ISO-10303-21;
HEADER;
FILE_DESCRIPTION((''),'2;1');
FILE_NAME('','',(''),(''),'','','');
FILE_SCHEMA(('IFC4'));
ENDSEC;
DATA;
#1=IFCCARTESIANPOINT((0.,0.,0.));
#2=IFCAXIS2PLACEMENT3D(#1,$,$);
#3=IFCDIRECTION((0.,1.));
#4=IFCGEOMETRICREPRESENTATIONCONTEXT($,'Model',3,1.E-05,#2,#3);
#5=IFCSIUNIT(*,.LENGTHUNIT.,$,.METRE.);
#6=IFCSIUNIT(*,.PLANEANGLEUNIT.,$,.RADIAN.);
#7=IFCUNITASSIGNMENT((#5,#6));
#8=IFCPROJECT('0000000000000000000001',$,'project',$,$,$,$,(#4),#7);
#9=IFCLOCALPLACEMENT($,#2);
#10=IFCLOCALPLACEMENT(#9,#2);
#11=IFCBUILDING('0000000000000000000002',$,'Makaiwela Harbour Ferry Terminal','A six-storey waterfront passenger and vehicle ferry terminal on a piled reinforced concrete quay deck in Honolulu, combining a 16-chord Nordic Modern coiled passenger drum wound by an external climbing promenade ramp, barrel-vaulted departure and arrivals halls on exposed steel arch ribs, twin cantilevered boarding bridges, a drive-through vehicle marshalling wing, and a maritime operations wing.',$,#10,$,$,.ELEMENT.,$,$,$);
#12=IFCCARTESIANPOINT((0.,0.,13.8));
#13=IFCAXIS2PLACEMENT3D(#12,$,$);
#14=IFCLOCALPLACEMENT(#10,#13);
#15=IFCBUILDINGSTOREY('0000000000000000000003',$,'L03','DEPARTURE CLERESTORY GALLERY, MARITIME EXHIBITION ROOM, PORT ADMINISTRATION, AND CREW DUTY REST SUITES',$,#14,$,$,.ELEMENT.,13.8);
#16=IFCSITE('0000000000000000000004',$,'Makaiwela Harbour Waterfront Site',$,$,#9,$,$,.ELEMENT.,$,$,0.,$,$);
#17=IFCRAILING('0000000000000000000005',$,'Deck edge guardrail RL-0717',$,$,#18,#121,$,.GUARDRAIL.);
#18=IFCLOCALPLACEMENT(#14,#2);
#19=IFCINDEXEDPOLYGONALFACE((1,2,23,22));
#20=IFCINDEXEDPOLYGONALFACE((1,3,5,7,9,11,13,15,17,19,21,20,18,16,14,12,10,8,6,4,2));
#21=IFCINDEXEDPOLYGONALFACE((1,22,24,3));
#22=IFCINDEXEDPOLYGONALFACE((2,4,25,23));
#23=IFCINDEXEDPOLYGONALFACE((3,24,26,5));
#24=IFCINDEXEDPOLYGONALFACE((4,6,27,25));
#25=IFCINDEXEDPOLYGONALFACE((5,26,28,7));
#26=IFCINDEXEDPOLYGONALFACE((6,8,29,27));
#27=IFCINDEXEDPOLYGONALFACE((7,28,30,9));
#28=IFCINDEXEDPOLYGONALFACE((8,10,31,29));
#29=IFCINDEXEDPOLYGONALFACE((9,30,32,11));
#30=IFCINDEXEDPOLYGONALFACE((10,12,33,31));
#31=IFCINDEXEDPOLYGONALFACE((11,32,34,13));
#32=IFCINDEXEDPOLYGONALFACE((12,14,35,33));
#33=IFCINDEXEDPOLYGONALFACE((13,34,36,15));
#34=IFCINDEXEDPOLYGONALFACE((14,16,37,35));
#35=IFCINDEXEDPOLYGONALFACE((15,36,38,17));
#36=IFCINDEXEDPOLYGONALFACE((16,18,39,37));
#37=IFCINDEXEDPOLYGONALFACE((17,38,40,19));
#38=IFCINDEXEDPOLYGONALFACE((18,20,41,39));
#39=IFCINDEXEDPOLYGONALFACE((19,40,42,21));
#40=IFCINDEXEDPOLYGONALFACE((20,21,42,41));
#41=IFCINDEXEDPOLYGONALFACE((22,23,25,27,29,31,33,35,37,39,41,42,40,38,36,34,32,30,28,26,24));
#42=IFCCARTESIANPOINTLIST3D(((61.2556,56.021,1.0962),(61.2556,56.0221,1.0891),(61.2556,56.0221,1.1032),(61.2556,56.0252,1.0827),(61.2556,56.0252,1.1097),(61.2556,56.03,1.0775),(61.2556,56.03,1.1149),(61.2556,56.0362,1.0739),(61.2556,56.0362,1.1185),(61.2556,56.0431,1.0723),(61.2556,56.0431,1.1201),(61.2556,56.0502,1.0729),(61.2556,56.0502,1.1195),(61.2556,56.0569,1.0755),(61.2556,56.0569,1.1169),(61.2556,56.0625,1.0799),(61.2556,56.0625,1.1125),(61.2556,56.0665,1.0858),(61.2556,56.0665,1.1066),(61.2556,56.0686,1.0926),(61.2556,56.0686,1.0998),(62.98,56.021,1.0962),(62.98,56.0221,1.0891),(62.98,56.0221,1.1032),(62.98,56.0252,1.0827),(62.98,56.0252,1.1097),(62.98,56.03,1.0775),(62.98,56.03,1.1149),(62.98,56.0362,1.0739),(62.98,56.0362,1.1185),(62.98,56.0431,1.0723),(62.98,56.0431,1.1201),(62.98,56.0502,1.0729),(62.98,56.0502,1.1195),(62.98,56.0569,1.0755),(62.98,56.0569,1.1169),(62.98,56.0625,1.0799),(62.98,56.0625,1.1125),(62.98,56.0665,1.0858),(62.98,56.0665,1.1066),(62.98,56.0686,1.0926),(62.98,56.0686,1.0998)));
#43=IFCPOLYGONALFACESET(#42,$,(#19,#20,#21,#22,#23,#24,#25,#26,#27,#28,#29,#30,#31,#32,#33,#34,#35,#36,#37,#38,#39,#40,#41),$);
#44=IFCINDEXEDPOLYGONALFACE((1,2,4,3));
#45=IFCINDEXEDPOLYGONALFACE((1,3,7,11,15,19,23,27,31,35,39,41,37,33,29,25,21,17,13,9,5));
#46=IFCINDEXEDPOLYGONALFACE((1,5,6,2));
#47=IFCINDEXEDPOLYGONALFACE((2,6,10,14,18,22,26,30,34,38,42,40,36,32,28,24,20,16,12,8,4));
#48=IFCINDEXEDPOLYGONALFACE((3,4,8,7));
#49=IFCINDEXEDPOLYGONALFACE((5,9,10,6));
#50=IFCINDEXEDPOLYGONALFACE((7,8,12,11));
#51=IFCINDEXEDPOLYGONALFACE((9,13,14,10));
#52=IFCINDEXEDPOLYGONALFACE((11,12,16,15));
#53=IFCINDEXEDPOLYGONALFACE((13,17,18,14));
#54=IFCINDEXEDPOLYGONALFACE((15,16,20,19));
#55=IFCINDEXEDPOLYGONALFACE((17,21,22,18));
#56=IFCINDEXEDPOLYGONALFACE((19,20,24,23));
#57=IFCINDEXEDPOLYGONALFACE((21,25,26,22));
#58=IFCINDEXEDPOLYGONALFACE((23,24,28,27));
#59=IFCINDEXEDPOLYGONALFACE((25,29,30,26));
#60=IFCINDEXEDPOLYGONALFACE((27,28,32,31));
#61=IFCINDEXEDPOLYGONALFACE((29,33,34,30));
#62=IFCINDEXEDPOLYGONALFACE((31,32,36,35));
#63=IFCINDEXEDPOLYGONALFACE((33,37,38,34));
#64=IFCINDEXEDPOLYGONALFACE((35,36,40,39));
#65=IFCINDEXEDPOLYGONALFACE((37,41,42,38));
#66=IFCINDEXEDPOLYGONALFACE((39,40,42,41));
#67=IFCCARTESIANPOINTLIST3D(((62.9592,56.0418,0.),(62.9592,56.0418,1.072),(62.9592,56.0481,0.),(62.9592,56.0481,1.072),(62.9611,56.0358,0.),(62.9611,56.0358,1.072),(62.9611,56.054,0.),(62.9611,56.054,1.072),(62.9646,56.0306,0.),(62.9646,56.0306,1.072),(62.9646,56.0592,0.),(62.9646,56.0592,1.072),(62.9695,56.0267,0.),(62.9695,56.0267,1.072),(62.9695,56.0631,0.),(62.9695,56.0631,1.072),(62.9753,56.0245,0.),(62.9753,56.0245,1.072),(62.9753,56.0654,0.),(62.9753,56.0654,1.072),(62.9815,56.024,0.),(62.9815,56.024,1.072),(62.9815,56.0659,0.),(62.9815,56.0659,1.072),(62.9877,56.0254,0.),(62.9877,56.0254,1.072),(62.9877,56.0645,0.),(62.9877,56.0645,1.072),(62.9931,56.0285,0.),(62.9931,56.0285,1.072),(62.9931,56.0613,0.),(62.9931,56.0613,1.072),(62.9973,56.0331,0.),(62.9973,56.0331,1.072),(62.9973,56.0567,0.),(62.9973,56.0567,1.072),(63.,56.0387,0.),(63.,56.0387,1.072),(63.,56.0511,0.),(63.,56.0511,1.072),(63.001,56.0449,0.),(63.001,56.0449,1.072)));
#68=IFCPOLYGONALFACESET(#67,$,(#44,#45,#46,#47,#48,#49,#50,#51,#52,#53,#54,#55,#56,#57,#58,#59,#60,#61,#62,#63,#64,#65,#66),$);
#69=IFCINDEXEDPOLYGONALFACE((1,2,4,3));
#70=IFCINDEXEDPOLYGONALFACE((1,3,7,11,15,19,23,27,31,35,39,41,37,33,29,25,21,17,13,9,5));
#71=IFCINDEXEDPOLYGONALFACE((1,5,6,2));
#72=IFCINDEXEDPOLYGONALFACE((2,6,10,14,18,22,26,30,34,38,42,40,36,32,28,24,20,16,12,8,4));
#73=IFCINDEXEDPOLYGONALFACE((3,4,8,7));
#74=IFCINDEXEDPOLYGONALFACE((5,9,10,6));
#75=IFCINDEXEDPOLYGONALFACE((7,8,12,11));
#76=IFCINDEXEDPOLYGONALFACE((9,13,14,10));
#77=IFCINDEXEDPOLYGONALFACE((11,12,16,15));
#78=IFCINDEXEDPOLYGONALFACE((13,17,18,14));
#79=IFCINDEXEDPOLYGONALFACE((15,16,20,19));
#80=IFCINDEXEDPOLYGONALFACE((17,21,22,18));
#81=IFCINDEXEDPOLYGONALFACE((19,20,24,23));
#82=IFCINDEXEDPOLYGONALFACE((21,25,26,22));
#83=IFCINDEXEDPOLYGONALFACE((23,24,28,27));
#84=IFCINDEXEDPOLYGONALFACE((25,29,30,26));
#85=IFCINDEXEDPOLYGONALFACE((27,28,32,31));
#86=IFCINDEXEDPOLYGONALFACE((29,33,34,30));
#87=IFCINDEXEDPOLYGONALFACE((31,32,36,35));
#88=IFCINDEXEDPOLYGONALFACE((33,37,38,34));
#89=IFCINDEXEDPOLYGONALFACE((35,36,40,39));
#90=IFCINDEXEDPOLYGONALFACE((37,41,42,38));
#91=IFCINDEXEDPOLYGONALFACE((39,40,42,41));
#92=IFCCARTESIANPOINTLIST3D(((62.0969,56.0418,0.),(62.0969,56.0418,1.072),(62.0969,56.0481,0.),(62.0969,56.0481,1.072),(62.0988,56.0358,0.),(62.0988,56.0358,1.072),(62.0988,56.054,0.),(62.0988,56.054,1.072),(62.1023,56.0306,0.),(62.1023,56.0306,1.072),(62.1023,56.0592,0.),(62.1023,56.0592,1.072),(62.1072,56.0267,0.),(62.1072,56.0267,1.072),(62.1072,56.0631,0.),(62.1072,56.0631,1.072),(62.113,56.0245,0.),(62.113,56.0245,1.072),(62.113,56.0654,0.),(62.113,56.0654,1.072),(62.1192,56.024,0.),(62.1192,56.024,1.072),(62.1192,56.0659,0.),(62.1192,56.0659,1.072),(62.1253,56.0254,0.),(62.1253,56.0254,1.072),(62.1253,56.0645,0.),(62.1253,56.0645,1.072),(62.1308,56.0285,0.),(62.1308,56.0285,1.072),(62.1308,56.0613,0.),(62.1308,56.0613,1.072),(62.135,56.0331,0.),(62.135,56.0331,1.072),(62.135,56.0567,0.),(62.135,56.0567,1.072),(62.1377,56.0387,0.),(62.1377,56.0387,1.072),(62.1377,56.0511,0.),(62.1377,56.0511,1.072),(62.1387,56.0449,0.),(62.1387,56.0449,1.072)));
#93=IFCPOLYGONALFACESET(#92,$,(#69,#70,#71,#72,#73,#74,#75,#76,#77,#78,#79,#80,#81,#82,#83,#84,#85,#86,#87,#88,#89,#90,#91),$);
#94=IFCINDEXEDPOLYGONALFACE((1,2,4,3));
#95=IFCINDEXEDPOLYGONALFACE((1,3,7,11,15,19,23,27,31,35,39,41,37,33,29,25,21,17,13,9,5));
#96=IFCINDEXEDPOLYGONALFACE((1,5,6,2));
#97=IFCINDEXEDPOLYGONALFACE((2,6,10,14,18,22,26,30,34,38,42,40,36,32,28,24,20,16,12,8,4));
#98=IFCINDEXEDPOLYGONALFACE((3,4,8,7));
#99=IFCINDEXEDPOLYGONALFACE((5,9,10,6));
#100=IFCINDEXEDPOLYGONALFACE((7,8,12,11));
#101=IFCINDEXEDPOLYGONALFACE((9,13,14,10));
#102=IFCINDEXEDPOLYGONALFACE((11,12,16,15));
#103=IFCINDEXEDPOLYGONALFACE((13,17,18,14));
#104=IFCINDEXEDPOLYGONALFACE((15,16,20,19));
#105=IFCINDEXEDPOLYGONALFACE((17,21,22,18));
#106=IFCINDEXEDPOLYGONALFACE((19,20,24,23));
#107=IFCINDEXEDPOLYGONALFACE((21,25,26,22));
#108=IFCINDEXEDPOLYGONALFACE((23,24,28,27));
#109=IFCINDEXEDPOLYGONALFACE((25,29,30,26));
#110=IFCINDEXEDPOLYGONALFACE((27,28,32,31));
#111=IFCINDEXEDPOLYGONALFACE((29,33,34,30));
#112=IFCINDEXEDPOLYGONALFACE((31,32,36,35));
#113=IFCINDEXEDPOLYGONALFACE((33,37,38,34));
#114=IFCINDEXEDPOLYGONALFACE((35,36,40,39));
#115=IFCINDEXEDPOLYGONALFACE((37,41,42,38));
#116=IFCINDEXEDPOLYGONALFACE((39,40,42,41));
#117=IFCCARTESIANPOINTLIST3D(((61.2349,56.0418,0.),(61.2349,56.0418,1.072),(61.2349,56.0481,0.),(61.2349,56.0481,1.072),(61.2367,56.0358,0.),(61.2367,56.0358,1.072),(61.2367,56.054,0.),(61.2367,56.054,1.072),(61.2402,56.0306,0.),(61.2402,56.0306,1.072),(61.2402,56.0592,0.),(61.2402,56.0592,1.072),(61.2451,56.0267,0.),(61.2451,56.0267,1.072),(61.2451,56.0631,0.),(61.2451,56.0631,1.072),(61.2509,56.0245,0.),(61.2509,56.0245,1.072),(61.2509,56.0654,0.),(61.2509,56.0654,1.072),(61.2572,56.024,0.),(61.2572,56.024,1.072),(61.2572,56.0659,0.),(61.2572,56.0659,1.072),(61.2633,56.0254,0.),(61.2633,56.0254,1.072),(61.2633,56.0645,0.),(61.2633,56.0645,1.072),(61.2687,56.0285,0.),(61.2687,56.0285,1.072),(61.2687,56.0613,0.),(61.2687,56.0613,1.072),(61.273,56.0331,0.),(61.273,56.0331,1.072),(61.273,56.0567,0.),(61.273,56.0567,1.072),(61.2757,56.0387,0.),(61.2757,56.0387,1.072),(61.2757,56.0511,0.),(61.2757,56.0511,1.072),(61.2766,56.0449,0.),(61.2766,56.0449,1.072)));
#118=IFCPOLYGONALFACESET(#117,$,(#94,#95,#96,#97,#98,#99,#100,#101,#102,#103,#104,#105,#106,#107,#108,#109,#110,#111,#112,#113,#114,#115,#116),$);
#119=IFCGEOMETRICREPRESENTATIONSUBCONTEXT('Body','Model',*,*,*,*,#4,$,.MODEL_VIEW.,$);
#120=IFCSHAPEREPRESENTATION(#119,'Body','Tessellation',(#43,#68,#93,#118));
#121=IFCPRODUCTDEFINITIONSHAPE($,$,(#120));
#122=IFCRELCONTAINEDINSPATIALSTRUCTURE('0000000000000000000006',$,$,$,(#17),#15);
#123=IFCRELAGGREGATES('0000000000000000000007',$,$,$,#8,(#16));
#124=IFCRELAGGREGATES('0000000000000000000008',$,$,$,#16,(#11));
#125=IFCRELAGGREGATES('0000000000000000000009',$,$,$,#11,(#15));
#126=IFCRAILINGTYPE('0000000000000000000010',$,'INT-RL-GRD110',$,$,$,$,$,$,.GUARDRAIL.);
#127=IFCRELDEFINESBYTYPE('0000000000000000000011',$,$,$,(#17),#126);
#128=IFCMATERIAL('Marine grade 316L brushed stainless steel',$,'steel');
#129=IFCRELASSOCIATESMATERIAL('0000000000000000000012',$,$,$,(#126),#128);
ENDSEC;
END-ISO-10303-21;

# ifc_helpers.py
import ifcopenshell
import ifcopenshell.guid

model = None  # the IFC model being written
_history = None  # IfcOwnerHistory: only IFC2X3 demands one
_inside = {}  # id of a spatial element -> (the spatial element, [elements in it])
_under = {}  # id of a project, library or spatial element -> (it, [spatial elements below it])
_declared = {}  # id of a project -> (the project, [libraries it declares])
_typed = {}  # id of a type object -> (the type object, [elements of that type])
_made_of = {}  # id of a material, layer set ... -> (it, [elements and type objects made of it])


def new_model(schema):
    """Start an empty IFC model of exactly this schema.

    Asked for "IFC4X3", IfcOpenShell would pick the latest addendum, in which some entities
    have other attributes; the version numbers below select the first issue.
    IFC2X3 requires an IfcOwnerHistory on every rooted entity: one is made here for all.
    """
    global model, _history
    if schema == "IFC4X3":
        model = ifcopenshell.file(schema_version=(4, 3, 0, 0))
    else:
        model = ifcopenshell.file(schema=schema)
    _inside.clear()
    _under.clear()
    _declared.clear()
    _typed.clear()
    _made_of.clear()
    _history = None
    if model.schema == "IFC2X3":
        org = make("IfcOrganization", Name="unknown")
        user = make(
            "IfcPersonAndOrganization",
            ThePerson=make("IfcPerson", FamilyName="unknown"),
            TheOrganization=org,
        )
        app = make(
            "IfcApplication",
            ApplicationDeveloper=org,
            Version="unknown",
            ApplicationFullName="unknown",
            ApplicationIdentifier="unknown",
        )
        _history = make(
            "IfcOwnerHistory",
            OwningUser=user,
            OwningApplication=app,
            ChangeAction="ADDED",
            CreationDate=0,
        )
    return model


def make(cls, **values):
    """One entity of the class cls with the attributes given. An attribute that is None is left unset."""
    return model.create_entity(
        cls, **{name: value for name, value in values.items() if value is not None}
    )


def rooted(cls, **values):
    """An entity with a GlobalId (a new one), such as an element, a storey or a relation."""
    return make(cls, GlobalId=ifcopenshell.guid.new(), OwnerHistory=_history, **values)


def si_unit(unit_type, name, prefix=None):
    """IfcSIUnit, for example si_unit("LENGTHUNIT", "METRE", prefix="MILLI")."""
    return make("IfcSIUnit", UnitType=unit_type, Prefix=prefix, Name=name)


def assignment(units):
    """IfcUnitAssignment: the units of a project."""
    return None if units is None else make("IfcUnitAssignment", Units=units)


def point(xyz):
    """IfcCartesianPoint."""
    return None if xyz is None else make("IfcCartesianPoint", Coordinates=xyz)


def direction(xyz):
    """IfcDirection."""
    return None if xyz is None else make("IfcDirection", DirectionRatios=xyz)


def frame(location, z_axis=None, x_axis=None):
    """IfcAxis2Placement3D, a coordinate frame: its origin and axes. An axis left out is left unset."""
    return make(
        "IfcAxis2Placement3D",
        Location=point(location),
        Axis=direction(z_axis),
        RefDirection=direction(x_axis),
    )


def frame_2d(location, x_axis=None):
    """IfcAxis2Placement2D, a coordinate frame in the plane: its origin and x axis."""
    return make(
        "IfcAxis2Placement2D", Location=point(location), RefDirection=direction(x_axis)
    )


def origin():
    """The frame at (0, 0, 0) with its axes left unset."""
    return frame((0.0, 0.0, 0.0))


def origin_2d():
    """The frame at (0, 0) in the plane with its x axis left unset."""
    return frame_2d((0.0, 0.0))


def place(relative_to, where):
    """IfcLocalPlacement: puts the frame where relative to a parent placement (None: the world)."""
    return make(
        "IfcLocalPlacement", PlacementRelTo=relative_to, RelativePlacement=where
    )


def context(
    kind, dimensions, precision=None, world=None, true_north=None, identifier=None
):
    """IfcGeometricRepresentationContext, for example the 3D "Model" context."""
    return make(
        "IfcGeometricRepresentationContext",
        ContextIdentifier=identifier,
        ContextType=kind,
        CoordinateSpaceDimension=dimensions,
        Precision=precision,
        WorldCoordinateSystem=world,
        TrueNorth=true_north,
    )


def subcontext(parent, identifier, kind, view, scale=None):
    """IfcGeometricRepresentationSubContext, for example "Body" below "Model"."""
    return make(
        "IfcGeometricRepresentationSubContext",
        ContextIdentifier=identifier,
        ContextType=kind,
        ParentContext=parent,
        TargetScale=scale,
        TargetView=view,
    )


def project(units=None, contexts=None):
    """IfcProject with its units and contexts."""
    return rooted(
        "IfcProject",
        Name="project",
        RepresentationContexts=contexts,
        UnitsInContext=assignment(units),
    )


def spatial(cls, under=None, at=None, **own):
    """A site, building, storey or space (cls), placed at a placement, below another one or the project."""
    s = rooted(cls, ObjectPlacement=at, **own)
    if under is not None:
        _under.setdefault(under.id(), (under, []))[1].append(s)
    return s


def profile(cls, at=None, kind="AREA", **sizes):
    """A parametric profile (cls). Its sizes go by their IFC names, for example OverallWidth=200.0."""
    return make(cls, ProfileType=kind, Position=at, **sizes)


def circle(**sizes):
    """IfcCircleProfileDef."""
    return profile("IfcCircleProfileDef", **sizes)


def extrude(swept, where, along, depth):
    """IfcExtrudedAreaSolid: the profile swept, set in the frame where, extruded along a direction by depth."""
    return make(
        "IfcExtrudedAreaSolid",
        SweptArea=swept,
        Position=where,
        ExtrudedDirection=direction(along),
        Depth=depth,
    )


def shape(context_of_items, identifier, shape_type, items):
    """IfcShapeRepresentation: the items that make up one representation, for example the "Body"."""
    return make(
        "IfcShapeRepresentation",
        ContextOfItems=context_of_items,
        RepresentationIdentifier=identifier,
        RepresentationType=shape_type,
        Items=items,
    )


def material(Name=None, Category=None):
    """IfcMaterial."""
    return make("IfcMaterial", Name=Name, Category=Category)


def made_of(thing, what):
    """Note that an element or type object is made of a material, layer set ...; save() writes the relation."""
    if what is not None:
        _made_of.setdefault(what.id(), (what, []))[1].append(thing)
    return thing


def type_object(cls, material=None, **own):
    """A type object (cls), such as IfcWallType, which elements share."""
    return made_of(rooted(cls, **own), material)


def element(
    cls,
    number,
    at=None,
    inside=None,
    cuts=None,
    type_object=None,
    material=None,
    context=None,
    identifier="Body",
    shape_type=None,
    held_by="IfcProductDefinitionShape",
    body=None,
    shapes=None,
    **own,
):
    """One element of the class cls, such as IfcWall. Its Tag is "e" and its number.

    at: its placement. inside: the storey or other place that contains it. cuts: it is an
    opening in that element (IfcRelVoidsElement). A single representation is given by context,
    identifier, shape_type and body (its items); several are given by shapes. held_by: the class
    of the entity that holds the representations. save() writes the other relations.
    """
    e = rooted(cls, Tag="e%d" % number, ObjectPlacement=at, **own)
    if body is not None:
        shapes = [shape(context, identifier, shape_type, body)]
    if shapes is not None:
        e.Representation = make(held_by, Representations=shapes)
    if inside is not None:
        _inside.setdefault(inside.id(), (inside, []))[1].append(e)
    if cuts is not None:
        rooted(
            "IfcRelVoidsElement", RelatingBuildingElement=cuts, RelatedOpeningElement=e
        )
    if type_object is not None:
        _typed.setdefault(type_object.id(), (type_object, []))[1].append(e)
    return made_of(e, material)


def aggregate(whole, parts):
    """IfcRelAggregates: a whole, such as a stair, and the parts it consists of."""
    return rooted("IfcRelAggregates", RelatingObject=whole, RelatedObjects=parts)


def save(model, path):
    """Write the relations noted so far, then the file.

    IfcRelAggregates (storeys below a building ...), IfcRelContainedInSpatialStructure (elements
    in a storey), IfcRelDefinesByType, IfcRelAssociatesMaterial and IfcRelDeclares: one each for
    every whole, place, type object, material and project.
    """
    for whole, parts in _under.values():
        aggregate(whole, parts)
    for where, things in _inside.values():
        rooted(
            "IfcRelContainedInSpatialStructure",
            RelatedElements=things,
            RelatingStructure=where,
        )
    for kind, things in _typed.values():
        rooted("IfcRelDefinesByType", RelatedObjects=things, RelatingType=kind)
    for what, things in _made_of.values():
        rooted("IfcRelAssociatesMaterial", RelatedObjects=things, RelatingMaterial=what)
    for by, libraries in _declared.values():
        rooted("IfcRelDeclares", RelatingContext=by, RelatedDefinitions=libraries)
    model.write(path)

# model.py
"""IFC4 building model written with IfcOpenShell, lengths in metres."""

from ifc_helpers import new_model, si_unit, direction, frame, origin, origin_2d, place, context, subcontext, project, spatial, circle, extrude, material, type_object, element, save


model = new_model("IFC4")

# Units and contexts
model_context = context("Model", 3, precision=1e-05, world=origin(), true_north=direction((0.0, 1.0)))
body_context = subcontext(model_context, "Body", "Model", "MODEL_VIEW")
ifc_project = project(units=[si_unit("LENGTHUNIT", "METRE"), si_unit("PLANEANGLEUNIT", "RADIAN")], contexts=[model_context])

# Site, building, storey
site_placement = place(None, origin())
site = spatial("IfcSite", under=ifc_project, at=site_placement, Name="Makaiwela Harbour Waterfront Site", CompositionType="ELEMENT", RefElevation=0.0)
building_placement = place(site_placement, origin())
building = spatial("IfcBuilding", under=site, at=building_placement, Name="Makaiwela Harbour Ferry Terminal", Description="A six-storey waterfront passenger and vehicle ferry terminal on a piled reinforced concrete quay deck in Honolulu, combining a 16-chord Nordic Modern coiled passenger drum wound by an external climbing promenade ramp, barrel-vaulted departure and arrivals halls on exposed steel arch ribs, twin cantilevered boarding bridges, a drive-through vehicle marshalling wing, and a maritime operations wing.", CompositionType="ELEMENT")
storey_placement = place(building_placement, frame((0.0, 0.0, 13.8)))
storey = spatial("IfcBuildingStorey", under=building, at=storey_placement, Name="L03", Description="DEPARTURE CLERESTORY GALLERY, MARITIME EXHIBITION ROOM, PORT ADMINISTRATION, AND CREW DUTY REST SUITES", CompositionType="ELEMENT", Elevation=13.8)

# Railing
ifc_material_1 = material(Name="Marine grade 316L brushed stainless steel", Category="steel")
railing_type = type_object("IfcRailingType", Name="INT-RL-GRD110", PredefinedType="GUARDRAIL", material=ifc_material_1)
railing_1_placement = place(storey_placement, frame((62.98, 56.0449, 0.0)))
element("IfcRailing", 1, at=railing_1_placement, inside=storey, type_object=railing_type, Name="Deck edge guardrail RL-0717", PredefinedType="GUARDRAIL", context=body_context, shape_type="SweptSolid", body=[
    extrude(circle(Radius=0.0239, at=origin_2d()), frame((0.0, 0.0, 1.0962), z_axis=(-1.0, 0.0, 0.0), x_axis=(0.0, -1.0, 0.0)), (0.0, 0.0, 1.0), 1.7244),
    extrude(circle(Radius=0.021, at=origin_2d()), origin(), (0.0, 0.0, 1.0), 1.072),
    extrude(circle(Radius=0.021, at=origin_2d()), frame((-0.8623, 0.0, 0.0)), (0.0, 0.0, 1.0), 1.072),
    extrude(circle(Radius=0.021, at=origin_2d()), frame((-1.7244, 0.0, 0.0)), (0.0, 0.0, 1.0), 1.072),
])

save(model, "model.ifc")
